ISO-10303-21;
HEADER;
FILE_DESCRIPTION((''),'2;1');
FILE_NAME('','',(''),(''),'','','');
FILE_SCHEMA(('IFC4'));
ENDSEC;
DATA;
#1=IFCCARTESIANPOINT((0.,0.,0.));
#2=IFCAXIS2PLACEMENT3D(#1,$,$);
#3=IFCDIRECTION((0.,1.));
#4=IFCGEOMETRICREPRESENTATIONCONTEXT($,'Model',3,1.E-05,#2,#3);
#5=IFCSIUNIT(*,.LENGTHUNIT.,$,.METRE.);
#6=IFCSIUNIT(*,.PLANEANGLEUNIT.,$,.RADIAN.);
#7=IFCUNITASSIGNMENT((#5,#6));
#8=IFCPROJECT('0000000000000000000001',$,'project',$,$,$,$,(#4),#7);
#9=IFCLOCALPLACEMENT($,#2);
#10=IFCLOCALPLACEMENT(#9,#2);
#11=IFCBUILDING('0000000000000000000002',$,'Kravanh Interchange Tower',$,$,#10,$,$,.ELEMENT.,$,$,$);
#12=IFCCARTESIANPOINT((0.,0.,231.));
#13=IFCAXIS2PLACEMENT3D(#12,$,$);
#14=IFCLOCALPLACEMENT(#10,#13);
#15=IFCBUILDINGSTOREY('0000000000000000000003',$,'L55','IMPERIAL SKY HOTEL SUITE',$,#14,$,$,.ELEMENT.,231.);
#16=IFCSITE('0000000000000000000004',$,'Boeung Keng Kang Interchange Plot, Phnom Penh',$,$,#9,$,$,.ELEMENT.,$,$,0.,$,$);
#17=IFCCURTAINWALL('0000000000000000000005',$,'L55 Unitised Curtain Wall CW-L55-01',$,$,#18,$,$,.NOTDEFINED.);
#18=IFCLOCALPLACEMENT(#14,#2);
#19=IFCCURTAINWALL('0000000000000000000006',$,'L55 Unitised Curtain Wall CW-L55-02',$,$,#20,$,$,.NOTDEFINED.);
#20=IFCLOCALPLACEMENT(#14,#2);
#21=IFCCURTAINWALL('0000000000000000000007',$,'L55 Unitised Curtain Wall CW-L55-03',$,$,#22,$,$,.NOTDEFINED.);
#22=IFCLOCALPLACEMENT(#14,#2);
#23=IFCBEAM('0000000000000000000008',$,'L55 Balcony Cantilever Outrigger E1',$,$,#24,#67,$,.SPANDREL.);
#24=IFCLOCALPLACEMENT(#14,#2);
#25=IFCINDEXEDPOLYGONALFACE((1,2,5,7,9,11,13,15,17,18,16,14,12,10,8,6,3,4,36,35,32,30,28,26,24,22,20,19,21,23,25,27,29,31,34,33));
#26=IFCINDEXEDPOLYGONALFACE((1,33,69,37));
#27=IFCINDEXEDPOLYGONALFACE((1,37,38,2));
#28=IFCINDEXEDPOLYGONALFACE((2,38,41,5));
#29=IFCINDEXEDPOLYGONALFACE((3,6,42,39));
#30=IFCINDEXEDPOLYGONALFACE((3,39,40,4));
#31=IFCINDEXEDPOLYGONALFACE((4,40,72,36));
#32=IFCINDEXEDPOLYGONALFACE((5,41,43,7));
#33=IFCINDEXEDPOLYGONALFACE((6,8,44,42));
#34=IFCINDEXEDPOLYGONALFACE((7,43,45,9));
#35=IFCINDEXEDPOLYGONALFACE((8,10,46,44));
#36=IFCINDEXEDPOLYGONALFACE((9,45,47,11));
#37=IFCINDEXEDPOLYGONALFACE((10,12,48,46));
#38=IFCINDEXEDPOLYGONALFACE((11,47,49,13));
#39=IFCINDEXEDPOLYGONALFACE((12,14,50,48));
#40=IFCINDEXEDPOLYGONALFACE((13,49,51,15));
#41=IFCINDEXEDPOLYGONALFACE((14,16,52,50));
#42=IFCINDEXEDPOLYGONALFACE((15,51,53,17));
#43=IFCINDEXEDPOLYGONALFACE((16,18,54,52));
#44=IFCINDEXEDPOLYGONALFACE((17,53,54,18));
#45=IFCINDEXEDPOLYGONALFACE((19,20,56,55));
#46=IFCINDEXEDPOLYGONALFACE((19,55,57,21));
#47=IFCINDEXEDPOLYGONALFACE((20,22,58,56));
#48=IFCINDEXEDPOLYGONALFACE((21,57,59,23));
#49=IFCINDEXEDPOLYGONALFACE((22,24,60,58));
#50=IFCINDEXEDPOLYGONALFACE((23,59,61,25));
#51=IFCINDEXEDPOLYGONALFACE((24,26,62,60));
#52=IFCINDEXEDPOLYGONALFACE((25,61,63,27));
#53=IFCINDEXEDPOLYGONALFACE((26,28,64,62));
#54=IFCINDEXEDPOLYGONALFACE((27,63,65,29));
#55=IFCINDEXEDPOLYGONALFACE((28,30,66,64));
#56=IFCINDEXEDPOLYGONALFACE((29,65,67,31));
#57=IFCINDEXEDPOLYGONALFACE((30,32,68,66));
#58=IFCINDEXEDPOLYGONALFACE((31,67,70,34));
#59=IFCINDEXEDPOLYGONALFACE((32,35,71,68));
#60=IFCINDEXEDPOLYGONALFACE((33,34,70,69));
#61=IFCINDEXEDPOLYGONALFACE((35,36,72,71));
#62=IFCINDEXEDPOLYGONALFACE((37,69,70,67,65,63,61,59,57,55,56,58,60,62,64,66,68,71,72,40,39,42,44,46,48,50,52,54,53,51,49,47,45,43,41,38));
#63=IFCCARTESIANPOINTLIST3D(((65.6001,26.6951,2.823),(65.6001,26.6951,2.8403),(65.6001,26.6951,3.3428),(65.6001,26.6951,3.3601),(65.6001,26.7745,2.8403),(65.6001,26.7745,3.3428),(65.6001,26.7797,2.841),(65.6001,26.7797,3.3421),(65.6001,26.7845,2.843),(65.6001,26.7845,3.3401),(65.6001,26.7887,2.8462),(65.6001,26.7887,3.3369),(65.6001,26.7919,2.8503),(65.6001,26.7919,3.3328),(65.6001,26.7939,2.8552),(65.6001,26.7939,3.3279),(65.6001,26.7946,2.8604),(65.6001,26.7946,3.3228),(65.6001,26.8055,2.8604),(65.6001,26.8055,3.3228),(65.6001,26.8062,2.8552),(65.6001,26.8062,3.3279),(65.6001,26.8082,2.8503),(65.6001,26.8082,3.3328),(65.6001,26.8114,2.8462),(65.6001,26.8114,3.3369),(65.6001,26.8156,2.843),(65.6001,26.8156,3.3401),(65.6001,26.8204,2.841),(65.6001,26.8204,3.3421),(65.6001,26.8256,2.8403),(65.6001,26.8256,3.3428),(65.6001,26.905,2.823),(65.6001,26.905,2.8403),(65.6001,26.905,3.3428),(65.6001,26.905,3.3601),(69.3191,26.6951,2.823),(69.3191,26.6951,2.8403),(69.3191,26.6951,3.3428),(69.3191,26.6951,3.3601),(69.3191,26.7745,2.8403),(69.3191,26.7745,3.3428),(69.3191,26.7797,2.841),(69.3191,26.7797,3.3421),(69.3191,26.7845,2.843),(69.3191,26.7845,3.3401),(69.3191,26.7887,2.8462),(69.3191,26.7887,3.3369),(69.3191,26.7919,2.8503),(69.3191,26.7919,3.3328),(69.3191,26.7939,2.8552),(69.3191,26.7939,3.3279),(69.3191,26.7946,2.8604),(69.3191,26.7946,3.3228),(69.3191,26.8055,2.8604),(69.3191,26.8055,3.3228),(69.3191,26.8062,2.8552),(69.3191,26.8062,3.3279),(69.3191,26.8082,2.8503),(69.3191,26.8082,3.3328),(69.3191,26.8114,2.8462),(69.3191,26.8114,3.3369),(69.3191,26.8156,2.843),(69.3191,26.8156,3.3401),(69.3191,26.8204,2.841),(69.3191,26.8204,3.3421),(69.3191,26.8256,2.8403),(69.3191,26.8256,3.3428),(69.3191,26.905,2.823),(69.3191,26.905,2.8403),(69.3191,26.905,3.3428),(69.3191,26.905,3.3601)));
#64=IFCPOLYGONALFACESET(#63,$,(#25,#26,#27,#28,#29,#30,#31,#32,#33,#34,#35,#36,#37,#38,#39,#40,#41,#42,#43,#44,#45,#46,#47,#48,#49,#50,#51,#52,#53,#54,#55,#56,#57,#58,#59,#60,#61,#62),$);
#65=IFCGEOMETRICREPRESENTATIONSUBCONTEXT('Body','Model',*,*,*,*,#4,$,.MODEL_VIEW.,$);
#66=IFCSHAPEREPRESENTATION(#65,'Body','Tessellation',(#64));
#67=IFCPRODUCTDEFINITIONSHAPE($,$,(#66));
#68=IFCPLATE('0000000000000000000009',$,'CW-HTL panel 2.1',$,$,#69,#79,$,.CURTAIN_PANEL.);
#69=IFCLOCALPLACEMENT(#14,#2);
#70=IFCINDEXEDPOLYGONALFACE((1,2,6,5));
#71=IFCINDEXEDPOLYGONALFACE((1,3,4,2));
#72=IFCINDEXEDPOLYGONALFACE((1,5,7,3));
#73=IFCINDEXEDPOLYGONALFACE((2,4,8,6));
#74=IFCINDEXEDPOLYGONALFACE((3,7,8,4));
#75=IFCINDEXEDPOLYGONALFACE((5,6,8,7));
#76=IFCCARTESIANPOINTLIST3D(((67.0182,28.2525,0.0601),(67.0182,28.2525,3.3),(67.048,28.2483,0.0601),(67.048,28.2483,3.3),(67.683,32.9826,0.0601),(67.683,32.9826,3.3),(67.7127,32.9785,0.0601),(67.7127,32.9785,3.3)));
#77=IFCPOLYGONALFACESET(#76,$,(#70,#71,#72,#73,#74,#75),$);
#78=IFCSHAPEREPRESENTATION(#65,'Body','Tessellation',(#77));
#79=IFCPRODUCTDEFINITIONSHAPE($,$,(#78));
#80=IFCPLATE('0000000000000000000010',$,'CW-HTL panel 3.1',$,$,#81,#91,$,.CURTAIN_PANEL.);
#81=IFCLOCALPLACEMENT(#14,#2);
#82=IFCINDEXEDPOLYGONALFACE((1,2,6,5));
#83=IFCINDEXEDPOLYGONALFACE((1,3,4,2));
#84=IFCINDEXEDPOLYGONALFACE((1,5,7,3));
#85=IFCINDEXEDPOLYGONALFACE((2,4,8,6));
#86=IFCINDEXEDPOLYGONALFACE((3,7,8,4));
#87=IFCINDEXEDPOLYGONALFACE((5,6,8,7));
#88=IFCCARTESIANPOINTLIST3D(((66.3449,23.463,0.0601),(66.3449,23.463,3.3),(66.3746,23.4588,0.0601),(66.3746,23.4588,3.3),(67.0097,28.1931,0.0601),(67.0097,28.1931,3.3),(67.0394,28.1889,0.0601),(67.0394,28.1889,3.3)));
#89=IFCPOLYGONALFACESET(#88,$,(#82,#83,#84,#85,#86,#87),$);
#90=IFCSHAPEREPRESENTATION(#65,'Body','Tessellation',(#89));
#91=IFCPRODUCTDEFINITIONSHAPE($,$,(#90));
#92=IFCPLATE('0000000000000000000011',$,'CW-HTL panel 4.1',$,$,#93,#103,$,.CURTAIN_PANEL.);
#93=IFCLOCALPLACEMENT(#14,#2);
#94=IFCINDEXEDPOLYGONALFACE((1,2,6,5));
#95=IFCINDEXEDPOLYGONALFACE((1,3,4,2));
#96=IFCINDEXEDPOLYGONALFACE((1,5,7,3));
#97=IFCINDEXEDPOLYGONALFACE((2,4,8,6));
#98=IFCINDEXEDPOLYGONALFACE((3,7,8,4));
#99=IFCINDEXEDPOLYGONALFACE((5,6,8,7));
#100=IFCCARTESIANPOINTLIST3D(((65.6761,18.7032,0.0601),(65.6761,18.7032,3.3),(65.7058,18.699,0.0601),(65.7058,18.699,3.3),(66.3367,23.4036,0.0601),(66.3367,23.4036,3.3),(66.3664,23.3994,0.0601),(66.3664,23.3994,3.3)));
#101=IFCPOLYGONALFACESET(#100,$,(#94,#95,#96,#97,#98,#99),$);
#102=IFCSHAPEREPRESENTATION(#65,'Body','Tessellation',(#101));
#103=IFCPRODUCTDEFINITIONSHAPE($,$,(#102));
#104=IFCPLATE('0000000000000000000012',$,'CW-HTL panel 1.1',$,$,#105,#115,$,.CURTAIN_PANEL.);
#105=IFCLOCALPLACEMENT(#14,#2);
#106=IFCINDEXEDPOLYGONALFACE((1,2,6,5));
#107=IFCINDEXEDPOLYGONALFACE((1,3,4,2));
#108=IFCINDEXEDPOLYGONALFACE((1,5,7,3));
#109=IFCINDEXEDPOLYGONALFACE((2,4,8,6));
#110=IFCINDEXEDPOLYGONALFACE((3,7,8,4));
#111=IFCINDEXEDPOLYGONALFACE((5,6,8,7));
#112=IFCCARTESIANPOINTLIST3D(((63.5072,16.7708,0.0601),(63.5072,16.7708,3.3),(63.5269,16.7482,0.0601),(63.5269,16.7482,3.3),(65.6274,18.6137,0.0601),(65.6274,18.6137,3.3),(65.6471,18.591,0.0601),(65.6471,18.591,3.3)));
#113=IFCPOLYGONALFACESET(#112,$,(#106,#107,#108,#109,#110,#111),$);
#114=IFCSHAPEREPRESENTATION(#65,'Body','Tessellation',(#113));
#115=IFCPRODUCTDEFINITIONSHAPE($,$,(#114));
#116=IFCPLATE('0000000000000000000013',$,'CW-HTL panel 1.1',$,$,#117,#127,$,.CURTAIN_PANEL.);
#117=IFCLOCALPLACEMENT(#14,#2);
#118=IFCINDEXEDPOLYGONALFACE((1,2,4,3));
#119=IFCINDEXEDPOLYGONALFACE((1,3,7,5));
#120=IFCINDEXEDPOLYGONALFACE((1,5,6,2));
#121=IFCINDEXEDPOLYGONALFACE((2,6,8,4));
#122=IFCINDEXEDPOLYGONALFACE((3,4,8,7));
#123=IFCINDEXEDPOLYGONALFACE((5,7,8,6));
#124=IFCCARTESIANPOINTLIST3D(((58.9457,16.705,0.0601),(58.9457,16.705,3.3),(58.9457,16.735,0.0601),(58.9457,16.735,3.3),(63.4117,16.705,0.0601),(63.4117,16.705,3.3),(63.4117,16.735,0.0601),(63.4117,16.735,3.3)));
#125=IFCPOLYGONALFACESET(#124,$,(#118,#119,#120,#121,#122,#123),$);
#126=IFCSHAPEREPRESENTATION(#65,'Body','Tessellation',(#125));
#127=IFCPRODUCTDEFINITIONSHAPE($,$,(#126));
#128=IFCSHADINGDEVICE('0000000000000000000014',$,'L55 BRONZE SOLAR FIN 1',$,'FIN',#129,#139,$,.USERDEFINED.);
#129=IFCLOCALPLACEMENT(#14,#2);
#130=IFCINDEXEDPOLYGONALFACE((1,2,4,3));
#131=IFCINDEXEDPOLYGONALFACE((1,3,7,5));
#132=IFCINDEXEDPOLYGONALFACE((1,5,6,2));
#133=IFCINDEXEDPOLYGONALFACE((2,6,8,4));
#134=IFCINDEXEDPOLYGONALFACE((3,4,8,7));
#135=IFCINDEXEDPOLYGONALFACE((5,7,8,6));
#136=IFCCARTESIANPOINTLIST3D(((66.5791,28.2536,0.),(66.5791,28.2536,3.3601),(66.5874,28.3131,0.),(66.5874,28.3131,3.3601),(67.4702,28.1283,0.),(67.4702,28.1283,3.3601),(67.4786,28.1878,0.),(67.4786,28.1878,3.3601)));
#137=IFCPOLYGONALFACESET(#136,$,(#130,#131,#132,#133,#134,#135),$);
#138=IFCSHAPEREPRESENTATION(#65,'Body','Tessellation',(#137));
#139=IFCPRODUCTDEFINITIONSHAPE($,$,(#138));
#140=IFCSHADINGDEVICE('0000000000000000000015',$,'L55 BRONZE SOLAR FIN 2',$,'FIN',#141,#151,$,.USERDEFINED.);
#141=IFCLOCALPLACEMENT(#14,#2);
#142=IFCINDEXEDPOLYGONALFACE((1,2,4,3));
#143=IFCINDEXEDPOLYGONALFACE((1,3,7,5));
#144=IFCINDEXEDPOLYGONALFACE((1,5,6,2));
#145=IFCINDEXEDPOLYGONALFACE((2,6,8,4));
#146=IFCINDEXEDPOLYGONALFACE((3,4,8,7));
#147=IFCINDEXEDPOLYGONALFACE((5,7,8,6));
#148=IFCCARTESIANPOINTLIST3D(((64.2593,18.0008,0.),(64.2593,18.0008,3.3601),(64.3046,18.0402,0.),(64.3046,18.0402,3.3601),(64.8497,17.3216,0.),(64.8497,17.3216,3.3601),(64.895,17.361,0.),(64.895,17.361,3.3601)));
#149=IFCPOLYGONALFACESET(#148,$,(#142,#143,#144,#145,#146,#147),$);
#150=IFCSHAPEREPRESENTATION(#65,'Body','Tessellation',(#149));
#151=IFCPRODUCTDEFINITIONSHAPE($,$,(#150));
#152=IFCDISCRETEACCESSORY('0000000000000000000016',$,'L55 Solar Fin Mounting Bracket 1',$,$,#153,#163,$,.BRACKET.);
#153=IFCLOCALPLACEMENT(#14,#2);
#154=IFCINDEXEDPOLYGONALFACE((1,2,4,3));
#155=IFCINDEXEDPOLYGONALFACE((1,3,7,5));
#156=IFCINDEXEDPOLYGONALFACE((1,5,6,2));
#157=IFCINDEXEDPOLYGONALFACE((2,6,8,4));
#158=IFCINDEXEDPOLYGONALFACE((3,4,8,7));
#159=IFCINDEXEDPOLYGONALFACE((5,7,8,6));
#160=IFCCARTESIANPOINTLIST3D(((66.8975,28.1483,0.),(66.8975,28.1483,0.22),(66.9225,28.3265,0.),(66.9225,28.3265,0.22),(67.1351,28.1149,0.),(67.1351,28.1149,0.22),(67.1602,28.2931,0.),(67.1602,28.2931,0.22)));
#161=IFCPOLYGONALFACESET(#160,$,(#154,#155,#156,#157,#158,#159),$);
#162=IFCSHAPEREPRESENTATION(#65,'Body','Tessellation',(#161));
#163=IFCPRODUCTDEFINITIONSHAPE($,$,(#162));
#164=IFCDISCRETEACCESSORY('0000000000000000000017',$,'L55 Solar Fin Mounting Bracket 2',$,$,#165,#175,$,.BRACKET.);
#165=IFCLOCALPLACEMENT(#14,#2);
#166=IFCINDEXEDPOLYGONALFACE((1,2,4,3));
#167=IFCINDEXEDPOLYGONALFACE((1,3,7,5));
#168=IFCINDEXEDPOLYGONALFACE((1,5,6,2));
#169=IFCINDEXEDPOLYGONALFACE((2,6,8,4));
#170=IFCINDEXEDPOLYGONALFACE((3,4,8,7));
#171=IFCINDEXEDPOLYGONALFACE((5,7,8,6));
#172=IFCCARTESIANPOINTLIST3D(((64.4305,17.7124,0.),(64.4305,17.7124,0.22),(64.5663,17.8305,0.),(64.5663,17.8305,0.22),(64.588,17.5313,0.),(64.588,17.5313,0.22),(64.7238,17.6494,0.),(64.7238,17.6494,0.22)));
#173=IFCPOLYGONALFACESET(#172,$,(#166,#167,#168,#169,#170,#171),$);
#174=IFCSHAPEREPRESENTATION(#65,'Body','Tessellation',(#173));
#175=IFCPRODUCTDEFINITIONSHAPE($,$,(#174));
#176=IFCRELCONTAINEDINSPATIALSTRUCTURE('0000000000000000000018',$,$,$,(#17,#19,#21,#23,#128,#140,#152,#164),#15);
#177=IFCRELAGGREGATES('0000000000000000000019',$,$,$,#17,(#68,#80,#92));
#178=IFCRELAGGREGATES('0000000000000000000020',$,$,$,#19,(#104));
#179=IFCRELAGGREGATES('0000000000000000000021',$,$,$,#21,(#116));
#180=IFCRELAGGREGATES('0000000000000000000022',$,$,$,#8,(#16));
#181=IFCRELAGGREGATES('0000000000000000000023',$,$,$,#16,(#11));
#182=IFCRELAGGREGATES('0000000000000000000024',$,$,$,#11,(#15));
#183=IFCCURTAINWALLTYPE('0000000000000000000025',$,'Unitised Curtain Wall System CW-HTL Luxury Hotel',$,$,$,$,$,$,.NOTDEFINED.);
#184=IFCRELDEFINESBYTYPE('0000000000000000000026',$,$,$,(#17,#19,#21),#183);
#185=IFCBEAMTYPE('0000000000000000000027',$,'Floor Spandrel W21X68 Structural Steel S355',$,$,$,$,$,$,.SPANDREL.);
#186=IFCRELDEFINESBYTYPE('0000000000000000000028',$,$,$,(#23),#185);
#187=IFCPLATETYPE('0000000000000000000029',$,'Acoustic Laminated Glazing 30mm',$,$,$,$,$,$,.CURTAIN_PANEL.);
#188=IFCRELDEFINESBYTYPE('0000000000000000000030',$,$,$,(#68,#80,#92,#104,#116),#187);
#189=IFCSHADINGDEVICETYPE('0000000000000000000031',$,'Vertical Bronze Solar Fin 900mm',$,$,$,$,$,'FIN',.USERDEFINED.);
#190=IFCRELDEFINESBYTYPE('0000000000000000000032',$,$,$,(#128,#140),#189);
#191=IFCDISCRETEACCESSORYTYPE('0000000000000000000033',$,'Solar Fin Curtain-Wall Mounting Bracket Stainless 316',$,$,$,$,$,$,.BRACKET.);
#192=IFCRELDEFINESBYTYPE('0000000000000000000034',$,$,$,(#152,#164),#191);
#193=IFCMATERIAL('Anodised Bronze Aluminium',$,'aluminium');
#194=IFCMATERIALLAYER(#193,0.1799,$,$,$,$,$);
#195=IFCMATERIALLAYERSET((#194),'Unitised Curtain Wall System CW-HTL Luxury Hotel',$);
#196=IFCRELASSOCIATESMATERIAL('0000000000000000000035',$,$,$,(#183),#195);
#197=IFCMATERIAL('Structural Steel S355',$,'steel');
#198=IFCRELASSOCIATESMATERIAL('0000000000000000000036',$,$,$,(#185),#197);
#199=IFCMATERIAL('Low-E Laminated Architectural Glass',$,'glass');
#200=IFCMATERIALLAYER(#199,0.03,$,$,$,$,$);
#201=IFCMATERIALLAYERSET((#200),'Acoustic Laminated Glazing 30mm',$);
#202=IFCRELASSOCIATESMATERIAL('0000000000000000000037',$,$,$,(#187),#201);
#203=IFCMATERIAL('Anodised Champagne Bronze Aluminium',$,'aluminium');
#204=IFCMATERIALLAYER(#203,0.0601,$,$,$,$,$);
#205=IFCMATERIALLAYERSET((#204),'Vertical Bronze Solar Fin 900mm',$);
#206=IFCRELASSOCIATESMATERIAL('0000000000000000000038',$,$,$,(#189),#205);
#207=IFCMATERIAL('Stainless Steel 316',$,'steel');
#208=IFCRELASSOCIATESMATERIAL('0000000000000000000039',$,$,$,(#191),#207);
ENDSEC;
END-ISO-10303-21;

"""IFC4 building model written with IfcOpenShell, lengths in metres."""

from ifc_helpers import new_model, si_unit, direction, frame, origin, origin_2d, place, context, subcontext, project, spatial, rectangle, i_section, extrude, material, layer, layer_set, material_profile, profile_set, type_object, element, aggregate, save


model = new_model("IFC4")

# Units and contexts
model_context = context("Model", 3, precision=1e-05, world=origin(), true_north=direction((0.0, 1.0)))
body_context = subcontext(model_context, "Body", "Model", "MODEL_VIEW")
ifc_project = project(units=[si_unit("LENGTHUNIT", "METRE"), si_unit("PLANEANGLEUNIT", "RADIAN")], contexts=[model_context])

# Site, building, storey
site_placement = place(None, origin())
site = spatial("IfcSite", under=ifc_project, at=site_placement, Name="Boeung Keng Kang Interchange Plot, Phnom Penh", CompositionType="ELEMENT", RefElevation=0.0)
building_placement = place(site_placement, origin())
building = spatial("IfcBuilding", under=site, at=building_placement, Name="Kravanh Interchange Tower", CompositionType="ELEMENT")
storey_placement = place(building_placement, frame((0.0, 0.0, 231.0)))
storey = spatial("IfcBuildingStorey", under=building, at=storey_placement, Name="L55", Description="IMPERIAL SKY HOTEL SUITE", CompositionType="ELEMENT", Elevation=231.0)

# Curtain walls
ifc_material_1 = material(Name="Anodised Bronze Aluminium", Category="aluminium")
ifc_layer_1 = layer(ifc_material_1, 0.1799)
ifc_layer_set_1 = layer_set([ifc_layer_1], Name="Unitised Curtain Wall System CW-HTL Luxury Hotel")
curtain_wall_type = type_object("IfcCurtainWallType", Name="Unitised Curtain Wall System CW-HTL Luxury Hotel", PredefinedType="NOTDEFINED", material=ifc_layer_set_1)
curtain_wall_1_placement = place(storey_placement, origin())
curtain_wall_1 = element("IfcCurtainWall", 1, at=curtain_wall_1_placement, inside=storey, type_object=curtain_wall_type, Name="L55 Unitised Curtain Wall CW-L55-01", PredefinedType="NOTDEFINED")
curtain_wall_2_placement = place(storey_placement, origin())
curtain_wall_2 = element("IfcCurtainWall", 2, at=curtain_wall_2_placement, inside=storey, type_object=curtain_wall_type, Name="L55 Unitised Curtain Wall CW-L55-02", PredefinedType="NOTDEFINED")
curtain_wall_3_placement = place(storey_placement, origin())
curtain_wall_3 = element("IfcCurtainWall", 3, at=curtain_wall_3_placement, inside=storey, type_object=curtain_wall_type, Name="L55 Unitised Curtain Wall CW-L55-03", PredefinedType="NOTDEFINED")

# Beam
ifc_material_2 = material(Name="Structural Steel S355", Category="steel")
ifc_material_profile_1 = material_profile(ifc_material_2, i_section(OverallWidth=0.21, OverallDepth=0.5371, WebThickness=0.011, FlangeThickness=0.0173, FilletRadius=0.02, at=origin_2d()), Name="W21X68")
ifc_profile_set_1 = profile_set([ifc_material_profile_1], Name="Structural Steel S355")
beam_type_1 = type_object("IfcBeamType", Name="Floor Spandrel W21X68 Structural Steel S355", PredefinedType="SPANDREL", material=ifc_profile_set_1)
beam_1_placement = place(storey_placement, frame((65.6001, 26.8, 3.0916), z_axis=(1.0, 0.0, 0.0), x_axis=(0.0, 1.0, 0.0)))
element("IfcBeam", 4, at=beam_1_placement, inside=storey, type_object=beam_type_1, Name="L55 Balcony Cantilever Outrigger E1", PredefinedType="SPANDREL", context=body_context, shape_type="SweptSolid", body=[
    extrude(i_section(OverallWidth=0.21, OverallDepth=0.5371, WebThickness=0.011, FlangeThickness=0.0173, FilletRadius=0.02, at=origin_2d()), origin(), (0.0, 0.0, 1.0), 3.719),
])

# Plates
ifc_material_3 = material(Name="Low-E Laminated Architectural Glass", Category="glass")
ifc_layer_2 = layer(ifc_material_3, 0.03)
ifc_layer_set_2 = layer_set([ifc_layer_2], Name="Acoustic Laminated Glazing 30mm")
plate_type = type_object("IfcPlateType", Name="Acoustic Laminated Glazing 30mm", PredefinedType="CURTAIN_PANEL", material=ifc_layer_set_2)
plate_1_placement = place(storey_placement, frame((67.3655, 30.6155, 0.0601), z_axis=(0.0, 0.0, 1.0), x_axis=(-0.139176, -0.990268, 0.0)))
plate_1 = element("IfcPlate", 5, at=plate_1_placement, type_object=plate_type, Name="CW-HTL panel 2.1", PredefinedType="CURTAIN_PANEL", context=body_context, shape_type="SweptSolid", body=[
    extrude(rectangle(XDim=4.7766, YDim=0.03, at=origin_2d()), origin(), (0.0, 0.0, 1.0), 3.24),
])
plate_2_placement = place(storey_placement, frame((66.6921, 25.8259, 0.0601), z_axis=(0.0, 0.0, 1.0), x_axis=(-0.139176, -0.990268, 0.0)))
plate_2 = element("IfcPlate", 6, at=plate_2_placement, type_object=plate_type, Name="CW-HTL panel 3.1", PredefinedType="CURTAIN_PANEL", context=body_context, shape_type="SweptSolid", body=[
    extrude(rectangle(XDim=4.7766, YDim=0.03, at=origin_2d()), origin(), (0.0, 0.0, 1.0), 3.24),
])
plate_3_placement = place(storey_placement, frame((66.0212, 21.0513, 0.0601), z_axis=(0.0, 0.0, 1.0), x_axis=(-0.139176, -0.990268, 0.0)))
plate_3 = element("IfcPlate", 7, at=plate_3_placement, type_object=plate_type, Name="CW-HTL panel 4.1", PredefinedType="CURTAIN_PANEL", context=body_context, shape_type="SweptSolid", body=[
    extrude(rectangle(XDim=4.7466, YDim=0.03, at=origin_2d()), origin(), (0.0, 0.0, 1.0), 3.24),
])
aggregate(curtain_wall_1, [plate_1, plate_2, plate_3])
plate_4_placement = place(storey_placement, frame((64.5771, 17.6809, 0.0601), z_axis=(0.0, 0.0, 1.0), x_axis=(-0.754732, -0.656033, 0.0)))
plate_4 = element("IfcPlate", 8, at=plate_4_placement, type_object=plate_type, Name="CW-HTL panel 1.1", PredefinedType="CURTAIN_PANEL", context=body_context, shape_type="SweptSolid", body=[
    extrude(rectangle(XDim=2.8091, YDim=0.03, at=origin_2d()), origin(), (0.0, 0.0, 1.0), 3.24),
])
aggregate(curtain_wall_2, [plate_4])
plate_5_placement = place(storey_placement, frame((61.1787, 16.72, 0.0601), z_axis=(0.0, 0.0, 1.0), x_axis=(-1.0, 0.0, 0.0)))
plate_5 = element("IfcPlate", 9, at=plate_5_placement, type_object=plate_type, Name="CW-HTL panel 1.1", PredefinedType="CURTAIN_PANEL", context=body_context, shape_type="SweptSolid", body=[
    extrude(rectangle(XDim=4.4661, YDim=0.03, at=origin_2d()), origin(), (0.0, 0.0, 1.0), 3.24),
])
aggregate(curtain_wall_3, [plate_5])

# Shading devices
ifc_material_4 = material(Name="Anodised Champagne Bronze Aluminium", Category="aluminium")
ifc_layer_3 = layer(ifc_material_4, 0.0601)
ifc_layer_set_3 = layer_set([ifc_layer_3], Name="Vertical Bronze Solar Fin 900mm")
shading_device_type = type_object("IfcShadingDeviceType", Name="Vertical Bronze Solar Fin 900mm", ElementType="FIN", PredefinedType="USERDEFINED", material=ifc_layer_set_3)
for number, where, z_axis, x_axis, name in (
    (10, (67.0288, 28.2207, 0.0), (0.0, 0.0, 1.0), (0.990268, -0.139174, 0.0), "L55 BRONZE SOLAR FIN 1"),
    (11, (64.5771, 17.6809, 0.0), (0.0, 0.0, 1.0), (0.656043, -0.754723, 0.0), "L55 BRONZE SOLAR FIN 2"),
):
    element("IfcShadingDevice", number, at=place(storey_placement, frame(where, z_axis=z_axis, x_axis=x_axis)), inside=storey, type_object=shading_device_type, Name=name, ObjectType="FIN", PredefinedType="USERDEFINED", context=body_context, shape_type="SweptSolid", body=[
        extrude(rectangle(XDim=0.8999, YDim=0.0601, at=origin_2d()), origin(), (0.0, 0.0, 1.0), 3.3601),
    ])

# Discrete accessories
ifc_material_5 = material(Name="Stainless Steel 316", Category="steel")
discrete_accessory_type = type_object("IfcDiscreteAccessoryType", Name="Solar Fin Curtain-Wall Mounting Bracket Stainless 316", PredefinedType="BRACKET", material=ifc_material_5)
for number, where, z_axis, x_axis, name in (
    (12, (67.0288, 28.2207, 0.0), (0.0, 0.0, 1.0), (0.990268, -0.139174, 0.0), "L55 Solar Fin Mounting Bracket 1"),
    (13, (64.5771, 17.6809, 0.0), (0.0, 0.0, 1.0), (0.656043, -0.754723, 0.0), "L55 Solar Fin Mounting Bracket 2"),
):
    element("IfcDiscreteAccessory", number, at=place(storey_placement, frame(where, z_axis=z_axis, x_axis=x_axis)), inside=storey, type_object=discrete_accessory_type, Name=name, PredefinedType="BRACKET", context=body_context, shape_type="SweptSolid", body=[
        extrude(rectangle(XDim=0.24, YDim=0.1799, at=origin_2d()), origin(), (0.0, 0.0, 1.0), 0.22),
    ])

save(model, "model.ifc")
